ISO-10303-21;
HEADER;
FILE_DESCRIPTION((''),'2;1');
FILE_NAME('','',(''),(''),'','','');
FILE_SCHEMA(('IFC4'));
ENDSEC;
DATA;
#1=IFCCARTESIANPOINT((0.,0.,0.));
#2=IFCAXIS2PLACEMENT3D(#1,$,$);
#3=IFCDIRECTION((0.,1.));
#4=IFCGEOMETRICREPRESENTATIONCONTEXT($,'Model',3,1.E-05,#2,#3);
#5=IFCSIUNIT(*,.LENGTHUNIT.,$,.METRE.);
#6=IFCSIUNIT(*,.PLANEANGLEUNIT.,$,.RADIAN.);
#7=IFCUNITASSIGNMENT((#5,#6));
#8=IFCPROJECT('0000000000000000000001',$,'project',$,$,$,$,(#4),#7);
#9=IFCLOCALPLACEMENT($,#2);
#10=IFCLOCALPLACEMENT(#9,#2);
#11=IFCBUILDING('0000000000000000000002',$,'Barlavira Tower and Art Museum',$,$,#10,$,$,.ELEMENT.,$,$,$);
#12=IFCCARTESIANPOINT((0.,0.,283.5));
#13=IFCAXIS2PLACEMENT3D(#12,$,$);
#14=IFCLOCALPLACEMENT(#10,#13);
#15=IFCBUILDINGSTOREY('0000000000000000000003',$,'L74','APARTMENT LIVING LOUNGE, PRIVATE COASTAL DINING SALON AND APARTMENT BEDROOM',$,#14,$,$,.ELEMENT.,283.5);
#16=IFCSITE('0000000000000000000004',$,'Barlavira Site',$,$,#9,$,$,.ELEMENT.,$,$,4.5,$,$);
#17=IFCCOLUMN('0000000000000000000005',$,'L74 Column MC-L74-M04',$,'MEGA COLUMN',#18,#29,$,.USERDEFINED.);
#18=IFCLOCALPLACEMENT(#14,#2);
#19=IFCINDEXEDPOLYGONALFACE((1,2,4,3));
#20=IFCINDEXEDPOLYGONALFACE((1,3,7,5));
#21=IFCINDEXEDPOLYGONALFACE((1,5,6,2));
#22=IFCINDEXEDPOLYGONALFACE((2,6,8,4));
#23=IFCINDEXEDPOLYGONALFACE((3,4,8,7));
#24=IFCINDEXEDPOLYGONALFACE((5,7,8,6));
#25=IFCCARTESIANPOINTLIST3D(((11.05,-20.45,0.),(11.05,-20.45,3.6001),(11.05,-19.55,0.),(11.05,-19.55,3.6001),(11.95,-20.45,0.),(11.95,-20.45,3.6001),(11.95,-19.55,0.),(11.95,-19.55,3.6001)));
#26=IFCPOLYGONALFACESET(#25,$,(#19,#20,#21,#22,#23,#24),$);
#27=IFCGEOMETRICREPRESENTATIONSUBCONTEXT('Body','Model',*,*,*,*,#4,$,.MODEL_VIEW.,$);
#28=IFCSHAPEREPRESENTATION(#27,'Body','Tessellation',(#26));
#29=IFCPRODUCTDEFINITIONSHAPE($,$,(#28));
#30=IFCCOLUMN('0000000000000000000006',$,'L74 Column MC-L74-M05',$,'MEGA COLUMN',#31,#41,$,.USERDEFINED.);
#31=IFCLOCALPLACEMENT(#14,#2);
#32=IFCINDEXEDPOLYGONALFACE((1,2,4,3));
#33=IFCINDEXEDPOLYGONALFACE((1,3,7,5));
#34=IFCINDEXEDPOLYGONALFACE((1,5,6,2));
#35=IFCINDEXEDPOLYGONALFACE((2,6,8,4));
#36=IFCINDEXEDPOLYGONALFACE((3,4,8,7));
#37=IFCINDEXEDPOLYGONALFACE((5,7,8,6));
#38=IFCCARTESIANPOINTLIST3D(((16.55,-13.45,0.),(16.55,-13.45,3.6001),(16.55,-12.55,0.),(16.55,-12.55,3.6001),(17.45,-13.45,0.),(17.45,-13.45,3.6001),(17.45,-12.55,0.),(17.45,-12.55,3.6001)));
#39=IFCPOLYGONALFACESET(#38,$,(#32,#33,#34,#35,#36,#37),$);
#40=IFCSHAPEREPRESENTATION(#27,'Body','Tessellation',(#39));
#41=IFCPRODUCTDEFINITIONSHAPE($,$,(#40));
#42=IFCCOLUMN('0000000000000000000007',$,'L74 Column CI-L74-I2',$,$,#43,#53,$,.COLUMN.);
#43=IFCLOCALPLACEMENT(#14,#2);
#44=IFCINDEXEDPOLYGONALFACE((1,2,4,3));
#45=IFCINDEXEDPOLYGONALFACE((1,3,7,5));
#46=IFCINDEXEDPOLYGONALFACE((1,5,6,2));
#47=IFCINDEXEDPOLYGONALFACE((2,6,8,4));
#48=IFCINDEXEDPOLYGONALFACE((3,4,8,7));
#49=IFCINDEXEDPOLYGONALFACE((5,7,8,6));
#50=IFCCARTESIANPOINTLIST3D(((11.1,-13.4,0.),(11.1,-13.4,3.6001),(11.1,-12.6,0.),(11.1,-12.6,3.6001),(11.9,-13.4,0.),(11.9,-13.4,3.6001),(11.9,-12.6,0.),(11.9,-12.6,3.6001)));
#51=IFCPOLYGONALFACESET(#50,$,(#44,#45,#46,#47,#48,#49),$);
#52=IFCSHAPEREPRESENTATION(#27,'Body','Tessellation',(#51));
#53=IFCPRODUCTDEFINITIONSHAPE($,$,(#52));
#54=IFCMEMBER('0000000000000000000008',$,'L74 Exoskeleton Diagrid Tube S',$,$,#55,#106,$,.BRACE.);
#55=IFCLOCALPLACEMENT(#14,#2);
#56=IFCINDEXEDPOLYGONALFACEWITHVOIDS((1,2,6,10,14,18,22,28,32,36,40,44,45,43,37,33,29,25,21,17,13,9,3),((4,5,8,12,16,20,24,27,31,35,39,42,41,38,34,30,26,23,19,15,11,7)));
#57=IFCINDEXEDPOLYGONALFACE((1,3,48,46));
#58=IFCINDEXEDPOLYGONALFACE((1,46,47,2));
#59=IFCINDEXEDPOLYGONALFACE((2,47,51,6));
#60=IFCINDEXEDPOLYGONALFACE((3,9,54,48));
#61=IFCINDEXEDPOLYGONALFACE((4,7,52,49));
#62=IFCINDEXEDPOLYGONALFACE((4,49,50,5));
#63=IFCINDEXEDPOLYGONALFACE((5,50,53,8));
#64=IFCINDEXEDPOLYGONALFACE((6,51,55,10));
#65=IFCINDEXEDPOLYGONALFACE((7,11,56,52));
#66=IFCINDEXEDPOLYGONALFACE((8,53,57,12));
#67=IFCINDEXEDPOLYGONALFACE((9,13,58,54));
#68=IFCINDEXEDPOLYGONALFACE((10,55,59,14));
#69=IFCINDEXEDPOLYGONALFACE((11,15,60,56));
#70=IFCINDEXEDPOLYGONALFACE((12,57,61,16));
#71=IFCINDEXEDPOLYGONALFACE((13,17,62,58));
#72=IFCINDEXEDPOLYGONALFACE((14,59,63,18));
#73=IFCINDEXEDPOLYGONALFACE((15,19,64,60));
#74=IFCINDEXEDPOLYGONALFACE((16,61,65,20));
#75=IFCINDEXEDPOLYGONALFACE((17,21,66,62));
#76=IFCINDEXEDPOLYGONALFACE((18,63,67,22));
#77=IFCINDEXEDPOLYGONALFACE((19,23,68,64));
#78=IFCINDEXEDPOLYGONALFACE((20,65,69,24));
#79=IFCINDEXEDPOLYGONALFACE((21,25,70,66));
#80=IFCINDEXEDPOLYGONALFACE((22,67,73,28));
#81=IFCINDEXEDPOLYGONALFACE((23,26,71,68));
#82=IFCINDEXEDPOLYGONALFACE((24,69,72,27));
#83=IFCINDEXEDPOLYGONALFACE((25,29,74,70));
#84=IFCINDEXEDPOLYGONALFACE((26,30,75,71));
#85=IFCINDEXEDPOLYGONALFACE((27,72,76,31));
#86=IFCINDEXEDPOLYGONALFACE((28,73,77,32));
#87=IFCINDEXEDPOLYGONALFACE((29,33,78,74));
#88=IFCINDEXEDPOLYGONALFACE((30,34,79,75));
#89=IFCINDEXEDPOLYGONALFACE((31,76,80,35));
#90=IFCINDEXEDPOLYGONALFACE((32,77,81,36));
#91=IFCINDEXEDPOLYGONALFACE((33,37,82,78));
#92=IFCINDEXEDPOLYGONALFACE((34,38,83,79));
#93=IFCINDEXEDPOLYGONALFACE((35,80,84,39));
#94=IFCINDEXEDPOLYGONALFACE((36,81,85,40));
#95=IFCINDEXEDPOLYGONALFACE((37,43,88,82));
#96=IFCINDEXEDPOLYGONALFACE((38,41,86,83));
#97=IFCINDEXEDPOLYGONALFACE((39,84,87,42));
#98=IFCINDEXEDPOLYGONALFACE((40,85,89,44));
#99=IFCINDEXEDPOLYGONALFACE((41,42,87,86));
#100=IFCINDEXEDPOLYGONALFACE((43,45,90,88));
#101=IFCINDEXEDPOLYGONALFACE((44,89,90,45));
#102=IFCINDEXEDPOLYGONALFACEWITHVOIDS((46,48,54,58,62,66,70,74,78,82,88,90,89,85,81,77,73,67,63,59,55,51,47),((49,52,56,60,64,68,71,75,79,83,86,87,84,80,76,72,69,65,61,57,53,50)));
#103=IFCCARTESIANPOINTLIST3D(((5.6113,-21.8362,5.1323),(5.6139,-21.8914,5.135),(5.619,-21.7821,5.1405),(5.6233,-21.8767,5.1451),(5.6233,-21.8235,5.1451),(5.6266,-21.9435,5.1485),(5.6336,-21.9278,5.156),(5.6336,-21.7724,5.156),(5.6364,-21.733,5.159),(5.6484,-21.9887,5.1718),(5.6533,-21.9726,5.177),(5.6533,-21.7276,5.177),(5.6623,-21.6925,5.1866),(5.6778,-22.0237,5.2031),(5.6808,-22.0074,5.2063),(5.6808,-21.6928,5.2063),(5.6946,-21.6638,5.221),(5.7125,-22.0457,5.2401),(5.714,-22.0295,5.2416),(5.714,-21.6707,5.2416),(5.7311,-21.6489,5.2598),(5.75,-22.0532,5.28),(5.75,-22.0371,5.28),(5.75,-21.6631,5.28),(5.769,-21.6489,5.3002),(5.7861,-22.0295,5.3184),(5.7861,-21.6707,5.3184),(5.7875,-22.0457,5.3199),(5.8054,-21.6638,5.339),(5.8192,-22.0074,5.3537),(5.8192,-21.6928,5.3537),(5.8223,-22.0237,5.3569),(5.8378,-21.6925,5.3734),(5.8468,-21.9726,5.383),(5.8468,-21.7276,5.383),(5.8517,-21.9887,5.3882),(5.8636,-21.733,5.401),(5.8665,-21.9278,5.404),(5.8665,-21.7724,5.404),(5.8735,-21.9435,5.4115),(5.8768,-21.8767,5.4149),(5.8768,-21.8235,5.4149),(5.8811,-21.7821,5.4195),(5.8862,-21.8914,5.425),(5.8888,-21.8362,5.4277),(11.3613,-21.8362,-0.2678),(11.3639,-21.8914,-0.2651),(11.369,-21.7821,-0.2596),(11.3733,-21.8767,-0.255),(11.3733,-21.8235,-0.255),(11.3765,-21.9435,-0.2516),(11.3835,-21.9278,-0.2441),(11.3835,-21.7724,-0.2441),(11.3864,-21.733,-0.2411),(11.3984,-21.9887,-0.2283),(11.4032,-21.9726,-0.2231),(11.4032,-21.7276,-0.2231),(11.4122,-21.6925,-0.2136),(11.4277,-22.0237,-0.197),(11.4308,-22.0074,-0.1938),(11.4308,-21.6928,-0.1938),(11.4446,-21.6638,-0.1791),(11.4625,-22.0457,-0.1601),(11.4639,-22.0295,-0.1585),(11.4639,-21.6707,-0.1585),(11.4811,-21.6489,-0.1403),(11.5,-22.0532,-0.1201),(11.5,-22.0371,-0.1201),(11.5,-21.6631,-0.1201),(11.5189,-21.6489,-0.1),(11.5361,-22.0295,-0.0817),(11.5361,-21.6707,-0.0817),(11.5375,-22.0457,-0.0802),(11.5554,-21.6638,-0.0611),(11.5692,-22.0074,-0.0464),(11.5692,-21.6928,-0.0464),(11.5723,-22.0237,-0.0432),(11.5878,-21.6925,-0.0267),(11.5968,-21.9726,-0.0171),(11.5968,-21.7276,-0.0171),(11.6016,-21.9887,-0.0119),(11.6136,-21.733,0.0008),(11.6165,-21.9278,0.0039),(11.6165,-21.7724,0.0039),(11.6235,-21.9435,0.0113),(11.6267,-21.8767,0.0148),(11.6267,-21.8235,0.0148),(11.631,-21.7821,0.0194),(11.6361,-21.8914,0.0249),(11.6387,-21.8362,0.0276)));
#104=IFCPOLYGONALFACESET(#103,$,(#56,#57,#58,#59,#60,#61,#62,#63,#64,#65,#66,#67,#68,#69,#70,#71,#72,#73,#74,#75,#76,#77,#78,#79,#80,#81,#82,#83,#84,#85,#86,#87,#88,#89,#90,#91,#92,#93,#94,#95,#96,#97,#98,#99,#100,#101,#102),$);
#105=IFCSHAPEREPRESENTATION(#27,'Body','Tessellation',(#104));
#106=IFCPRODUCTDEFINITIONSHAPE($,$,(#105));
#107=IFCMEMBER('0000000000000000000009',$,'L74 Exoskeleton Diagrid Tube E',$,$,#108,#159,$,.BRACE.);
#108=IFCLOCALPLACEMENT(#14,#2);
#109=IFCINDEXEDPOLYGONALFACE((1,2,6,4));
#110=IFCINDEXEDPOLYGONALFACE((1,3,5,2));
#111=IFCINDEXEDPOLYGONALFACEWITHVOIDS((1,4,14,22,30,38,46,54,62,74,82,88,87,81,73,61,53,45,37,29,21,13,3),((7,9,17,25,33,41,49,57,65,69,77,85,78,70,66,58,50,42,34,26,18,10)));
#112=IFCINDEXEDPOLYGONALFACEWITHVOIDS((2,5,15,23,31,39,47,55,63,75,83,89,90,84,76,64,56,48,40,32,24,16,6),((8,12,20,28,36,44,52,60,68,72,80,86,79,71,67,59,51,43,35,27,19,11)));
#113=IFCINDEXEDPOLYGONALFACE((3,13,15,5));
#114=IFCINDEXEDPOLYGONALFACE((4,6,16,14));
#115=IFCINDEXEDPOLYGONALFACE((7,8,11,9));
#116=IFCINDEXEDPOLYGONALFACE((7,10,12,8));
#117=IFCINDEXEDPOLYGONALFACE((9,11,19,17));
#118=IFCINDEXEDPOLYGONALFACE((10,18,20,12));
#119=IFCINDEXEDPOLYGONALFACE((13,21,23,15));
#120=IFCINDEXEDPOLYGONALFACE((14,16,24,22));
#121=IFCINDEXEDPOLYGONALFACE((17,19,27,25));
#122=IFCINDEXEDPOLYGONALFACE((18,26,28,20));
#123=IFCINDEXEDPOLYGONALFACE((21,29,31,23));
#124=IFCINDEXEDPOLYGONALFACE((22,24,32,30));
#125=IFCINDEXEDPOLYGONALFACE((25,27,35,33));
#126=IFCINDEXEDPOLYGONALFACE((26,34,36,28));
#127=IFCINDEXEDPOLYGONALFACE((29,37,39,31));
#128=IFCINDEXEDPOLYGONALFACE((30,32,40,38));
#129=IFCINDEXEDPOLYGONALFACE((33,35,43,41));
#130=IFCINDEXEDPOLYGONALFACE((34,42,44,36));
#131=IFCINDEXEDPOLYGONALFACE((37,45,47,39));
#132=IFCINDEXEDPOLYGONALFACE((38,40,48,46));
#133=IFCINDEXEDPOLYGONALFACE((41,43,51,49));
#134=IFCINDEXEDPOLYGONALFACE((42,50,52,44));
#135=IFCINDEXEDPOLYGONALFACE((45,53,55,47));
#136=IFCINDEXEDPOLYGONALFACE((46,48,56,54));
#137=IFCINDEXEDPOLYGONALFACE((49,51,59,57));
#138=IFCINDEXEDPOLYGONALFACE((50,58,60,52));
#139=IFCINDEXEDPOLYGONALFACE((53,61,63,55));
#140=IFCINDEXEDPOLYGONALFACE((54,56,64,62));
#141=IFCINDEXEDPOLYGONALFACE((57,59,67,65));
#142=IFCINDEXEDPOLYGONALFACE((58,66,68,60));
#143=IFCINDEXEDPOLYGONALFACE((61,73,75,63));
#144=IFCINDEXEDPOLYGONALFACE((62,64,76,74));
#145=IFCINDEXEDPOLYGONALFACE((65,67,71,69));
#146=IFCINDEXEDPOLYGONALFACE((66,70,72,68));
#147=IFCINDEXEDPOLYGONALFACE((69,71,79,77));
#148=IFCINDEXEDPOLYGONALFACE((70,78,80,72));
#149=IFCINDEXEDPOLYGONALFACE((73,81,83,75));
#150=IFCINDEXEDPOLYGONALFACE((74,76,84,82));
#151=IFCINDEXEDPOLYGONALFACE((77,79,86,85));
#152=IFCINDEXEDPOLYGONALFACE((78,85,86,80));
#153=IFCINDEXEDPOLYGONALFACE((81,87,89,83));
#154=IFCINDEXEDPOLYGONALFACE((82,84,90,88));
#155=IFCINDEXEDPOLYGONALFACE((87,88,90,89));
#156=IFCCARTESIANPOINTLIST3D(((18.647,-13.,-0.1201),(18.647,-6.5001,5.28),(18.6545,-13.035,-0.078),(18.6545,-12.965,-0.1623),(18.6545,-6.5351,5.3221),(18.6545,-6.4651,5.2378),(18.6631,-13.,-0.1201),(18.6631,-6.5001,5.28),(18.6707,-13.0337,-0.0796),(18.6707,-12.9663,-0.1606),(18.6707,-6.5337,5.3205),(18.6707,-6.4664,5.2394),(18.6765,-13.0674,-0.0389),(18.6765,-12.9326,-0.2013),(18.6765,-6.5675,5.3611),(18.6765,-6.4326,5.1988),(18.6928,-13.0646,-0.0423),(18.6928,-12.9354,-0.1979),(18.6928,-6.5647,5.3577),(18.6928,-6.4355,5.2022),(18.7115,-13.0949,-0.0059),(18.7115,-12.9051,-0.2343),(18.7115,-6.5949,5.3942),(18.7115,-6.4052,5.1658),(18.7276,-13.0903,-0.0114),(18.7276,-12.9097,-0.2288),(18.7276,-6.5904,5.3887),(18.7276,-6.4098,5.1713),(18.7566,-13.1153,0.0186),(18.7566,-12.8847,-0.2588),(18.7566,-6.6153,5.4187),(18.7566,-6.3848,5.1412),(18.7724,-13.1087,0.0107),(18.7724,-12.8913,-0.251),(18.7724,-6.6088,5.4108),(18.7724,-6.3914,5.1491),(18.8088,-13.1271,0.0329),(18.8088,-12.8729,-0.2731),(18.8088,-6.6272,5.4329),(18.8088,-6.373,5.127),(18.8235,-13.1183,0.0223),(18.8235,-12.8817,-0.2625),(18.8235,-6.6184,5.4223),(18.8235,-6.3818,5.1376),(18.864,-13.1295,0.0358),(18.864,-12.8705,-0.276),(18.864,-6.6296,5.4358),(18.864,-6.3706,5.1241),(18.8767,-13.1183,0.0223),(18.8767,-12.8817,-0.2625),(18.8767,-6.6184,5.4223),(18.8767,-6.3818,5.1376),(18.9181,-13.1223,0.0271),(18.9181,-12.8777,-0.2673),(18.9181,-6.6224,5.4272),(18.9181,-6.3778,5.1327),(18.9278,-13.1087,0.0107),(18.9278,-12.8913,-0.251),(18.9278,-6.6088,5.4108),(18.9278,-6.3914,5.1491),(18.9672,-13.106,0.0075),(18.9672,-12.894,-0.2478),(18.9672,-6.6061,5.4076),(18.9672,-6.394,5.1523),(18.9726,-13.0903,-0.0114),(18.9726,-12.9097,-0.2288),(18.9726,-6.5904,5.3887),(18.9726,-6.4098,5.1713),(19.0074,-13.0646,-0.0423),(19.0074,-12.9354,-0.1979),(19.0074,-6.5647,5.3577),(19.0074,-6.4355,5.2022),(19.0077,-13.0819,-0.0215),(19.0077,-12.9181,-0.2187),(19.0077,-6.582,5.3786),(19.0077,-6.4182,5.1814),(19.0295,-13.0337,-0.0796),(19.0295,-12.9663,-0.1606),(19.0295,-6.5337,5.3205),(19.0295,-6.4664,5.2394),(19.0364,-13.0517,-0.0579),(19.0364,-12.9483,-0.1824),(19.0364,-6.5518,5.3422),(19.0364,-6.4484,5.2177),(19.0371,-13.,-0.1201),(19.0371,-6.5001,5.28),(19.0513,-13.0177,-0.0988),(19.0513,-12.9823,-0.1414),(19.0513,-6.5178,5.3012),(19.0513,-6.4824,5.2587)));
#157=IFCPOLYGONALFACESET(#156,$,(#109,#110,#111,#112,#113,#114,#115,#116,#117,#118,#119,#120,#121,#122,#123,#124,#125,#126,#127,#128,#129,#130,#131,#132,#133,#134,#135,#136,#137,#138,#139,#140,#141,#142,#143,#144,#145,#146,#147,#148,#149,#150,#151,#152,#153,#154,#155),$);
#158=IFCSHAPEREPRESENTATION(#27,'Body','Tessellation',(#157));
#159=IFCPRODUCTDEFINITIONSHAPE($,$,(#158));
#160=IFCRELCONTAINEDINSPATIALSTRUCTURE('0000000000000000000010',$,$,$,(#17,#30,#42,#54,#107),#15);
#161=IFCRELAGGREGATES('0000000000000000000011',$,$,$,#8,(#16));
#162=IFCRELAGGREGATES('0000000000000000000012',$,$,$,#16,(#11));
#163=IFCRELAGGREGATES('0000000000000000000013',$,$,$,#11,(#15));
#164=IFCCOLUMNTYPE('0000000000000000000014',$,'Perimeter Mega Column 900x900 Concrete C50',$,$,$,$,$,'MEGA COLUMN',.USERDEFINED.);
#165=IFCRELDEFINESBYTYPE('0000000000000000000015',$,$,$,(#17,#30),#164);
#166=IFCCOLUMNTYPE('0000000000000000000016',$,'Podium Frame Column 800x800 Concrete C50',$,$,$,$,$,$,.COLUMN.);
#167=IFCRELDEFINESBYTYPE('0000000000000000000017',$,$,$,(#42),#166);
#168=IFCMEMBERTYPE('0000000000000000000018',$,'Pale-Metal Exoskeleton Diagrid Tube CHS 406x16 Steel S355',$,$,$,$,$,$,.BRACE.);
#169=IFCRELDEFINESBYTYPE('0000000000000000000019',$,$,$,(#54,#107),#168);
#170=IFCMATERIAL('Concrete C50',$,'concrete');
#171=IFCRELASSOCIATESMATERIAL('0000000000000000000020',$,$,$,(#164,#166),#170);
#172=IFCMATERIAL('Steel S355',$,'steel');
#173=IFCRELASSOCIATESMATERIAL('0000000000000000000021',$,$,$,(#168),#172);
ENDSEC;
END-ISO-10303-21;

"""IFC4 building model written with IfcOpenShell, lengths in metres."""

from ifc_helpers import new_model, si_unit, direction, frame, origin, origin_2d, place, context, subcontext, project, spatial, rectangle, hollow_circle, extrude, material, material_profile, profile_set, type_object, element, save


model = new_model("IFC4")

# Units and contexts
model_context = context("Model", 3, precision=1e-05, world=origin(), true_north=direction((0.0, 1.0)))
body_context = subcontext(model_context, "Body", "Model", "MODEL_VIEW")
ifc_project = project(units=[si_unit("LENGTHUNIT", "METRE"), si_unit("PLANEANGLEUNIT", "RADIAN")], contexts=[model_context])

# Site, building, storey
site_placement = place(None, origin())
site = spatial("IfcSite", under=ifc_project, at=site_placement, Name="Barlavira Site", CompositionType="ELEMENT", RefElevation=4.5)
building_placement = place(site_placement, origin())
building = spatial("IfcBuilding", under=site, at=building_placement, Name="Barlavira Tower and Art Museum", CompositionType="ELEMENT")
storey_placement = place(building_placement, frame((0.0, 0.0, 283.5)))
storey = spatial("IfcBuildingStorey", under=building, at=storey_placement, Name="L74", Description="APARTMENT LIVING LOUNGE, PRIVATE COASTAL DINING SALON AND APARTMENT BEDROOM", CompositionType="ELEMENT", Elevation=283.5)

# Columns
ifc_material_1 = material(Name="Concrete C50", Category="concrete")
ifc_material_profile_1 = material_profile(ifc_material_1, rectangle(XDim=0.8999, YDim=0.8999, at=origin_2d()), Name="RC-COL 900x900")
ifc_profile_set_1 = profile_set([ifc_material_profile_1], Name="Concrete C50")
column_type_1 = type_object("IfcColumnType", Name="Perimeter Mega Column 900x900 Concrete C50", ElementType="MEGA COLUMN", PredefinedType="USERDEFINED", material=ifc_profile_set_1)
for number, where, z_axis, x_axis, name in (
    (1, (11.5, -20.0, 0.0), (0.0, 0.0, 1.0), (1.0, 0.0, 0.0), "L74 Column MC-L74-M04"),
    (2, (17.0, -13.0, 0.0), (0.0, 0.0, 1.0), (1.0, 0.0, 0.0), "L74 Column MC-L74-M05"),
):
    element("IfcColumn", number, at=place(storey_placement, frame(where, z_axis=z_axis, x_axis=x_axis)), inside=storey, type_object=column_type_1, Name=name, ObjectType="MEGA COLUMN", PredefinedType="USERDEFINED", context=body_context, shape_type="SweptSolid", body=[
        extrude(rectangle(XDim=0.8999, YDim=0.8999, at=origin_2d()), origin(), (0.0, 0.0, 1.0), 3.6001),
    ])
ifc_material_profile_2 = material_profile(ifc_material_1, rectangle(XDim=0.8, YDim=0.8, at=origin_2d()), Name="RC-COL 800x800")
ifc_profile_set_2 = profile_set([ifc_material_profile_2], Name="Concrete C50")
column_type_2 = type_object("IfcColumnType", Name="Podium Frame Column 800x800 Concrete C50", PredefinedType="COLUMN", material=ifc_profile_set_2)
column_placement = place(storey_placement, frame((11.5, -13.0, 0.0), z_axis=(0.0, 0.0, 1.0), x_axis=(1.0, 0.0, 0.0)))
element("IfcColumn", 3, at=column_placement, inside=storey, type_object=column_type_2, Name="L74 Column CI-L74-I2", PredefinedType="COLUMN", context=body_context, shape_type="SweptSolid", body=[
    extrude(rectangle(XDim=0.8, YDim=0.8, at=origin_2d()), origin(), (0.0, 0.0, 1.0), 3.6001),
])

# Members
ifc_material_2 = material(Name="Steel S355", Category="steel")
ifc_material_profile_3 = material_profile(ifc_material_2, hollow_circle(Radius=0.2031, WallThickness=0.0161, at=origin_2d()), Name="CHS 406.4x16.0")
ifc_profile_set_3 = profile_set([ifc_material_profile_3], Name="Steel S355")
member_type_1 = type_object("IfcMemberType", Name="Pale-Metal Exoskeleton Diagrid Tube CHS 406x16 Steel S355", PredefinedType="BRACE", material=ifc_profile_set_3)
member_1_placement = place(storey_placement, frame((11.5, -21.8501, -0.1201), z_axis=(-0.728935, 0.0, 0.684583), x_axis=(0.0, -1.0, 0.0)))
element("IfcMember", 4, at=member_1_placement, inside=storey, type_object=member_type_1, Name="L74 Exoskeleton Diagrid Tube S", PredefinedType="BRACE", context=body_context, shape_type="SweptSolid", body=[
    extrude(hollow_circle(Radius=0.2031, WallThickness=0.0161, at=origin_2d()), origin(), (0.0, 0.0, 1.0), 7.8882),
])
member_2_placement = place(storey_placement, frame((18.8501, -13.0, -0.1201), z_axis=(0.0, 0.769182, 0.63903), x_axis=(-1.0, 0.0, 0.0)))
element("IfcMember", 5, at=member_2_placement, inside=storey, type_object=member_type_1, Name="L74 Exoskeleton Diagrid Tube E", PredefinedType="BRACE", context=body_context, shape_type="SweptSolid", body=[
    extrude(hollow_circle(Radius=0.2031, WallThickness=0.0161, at=origin_2d()), origin(), (0.0, 0.0, 1.0), 8.4504),
])

save(model, "model.ifc")
